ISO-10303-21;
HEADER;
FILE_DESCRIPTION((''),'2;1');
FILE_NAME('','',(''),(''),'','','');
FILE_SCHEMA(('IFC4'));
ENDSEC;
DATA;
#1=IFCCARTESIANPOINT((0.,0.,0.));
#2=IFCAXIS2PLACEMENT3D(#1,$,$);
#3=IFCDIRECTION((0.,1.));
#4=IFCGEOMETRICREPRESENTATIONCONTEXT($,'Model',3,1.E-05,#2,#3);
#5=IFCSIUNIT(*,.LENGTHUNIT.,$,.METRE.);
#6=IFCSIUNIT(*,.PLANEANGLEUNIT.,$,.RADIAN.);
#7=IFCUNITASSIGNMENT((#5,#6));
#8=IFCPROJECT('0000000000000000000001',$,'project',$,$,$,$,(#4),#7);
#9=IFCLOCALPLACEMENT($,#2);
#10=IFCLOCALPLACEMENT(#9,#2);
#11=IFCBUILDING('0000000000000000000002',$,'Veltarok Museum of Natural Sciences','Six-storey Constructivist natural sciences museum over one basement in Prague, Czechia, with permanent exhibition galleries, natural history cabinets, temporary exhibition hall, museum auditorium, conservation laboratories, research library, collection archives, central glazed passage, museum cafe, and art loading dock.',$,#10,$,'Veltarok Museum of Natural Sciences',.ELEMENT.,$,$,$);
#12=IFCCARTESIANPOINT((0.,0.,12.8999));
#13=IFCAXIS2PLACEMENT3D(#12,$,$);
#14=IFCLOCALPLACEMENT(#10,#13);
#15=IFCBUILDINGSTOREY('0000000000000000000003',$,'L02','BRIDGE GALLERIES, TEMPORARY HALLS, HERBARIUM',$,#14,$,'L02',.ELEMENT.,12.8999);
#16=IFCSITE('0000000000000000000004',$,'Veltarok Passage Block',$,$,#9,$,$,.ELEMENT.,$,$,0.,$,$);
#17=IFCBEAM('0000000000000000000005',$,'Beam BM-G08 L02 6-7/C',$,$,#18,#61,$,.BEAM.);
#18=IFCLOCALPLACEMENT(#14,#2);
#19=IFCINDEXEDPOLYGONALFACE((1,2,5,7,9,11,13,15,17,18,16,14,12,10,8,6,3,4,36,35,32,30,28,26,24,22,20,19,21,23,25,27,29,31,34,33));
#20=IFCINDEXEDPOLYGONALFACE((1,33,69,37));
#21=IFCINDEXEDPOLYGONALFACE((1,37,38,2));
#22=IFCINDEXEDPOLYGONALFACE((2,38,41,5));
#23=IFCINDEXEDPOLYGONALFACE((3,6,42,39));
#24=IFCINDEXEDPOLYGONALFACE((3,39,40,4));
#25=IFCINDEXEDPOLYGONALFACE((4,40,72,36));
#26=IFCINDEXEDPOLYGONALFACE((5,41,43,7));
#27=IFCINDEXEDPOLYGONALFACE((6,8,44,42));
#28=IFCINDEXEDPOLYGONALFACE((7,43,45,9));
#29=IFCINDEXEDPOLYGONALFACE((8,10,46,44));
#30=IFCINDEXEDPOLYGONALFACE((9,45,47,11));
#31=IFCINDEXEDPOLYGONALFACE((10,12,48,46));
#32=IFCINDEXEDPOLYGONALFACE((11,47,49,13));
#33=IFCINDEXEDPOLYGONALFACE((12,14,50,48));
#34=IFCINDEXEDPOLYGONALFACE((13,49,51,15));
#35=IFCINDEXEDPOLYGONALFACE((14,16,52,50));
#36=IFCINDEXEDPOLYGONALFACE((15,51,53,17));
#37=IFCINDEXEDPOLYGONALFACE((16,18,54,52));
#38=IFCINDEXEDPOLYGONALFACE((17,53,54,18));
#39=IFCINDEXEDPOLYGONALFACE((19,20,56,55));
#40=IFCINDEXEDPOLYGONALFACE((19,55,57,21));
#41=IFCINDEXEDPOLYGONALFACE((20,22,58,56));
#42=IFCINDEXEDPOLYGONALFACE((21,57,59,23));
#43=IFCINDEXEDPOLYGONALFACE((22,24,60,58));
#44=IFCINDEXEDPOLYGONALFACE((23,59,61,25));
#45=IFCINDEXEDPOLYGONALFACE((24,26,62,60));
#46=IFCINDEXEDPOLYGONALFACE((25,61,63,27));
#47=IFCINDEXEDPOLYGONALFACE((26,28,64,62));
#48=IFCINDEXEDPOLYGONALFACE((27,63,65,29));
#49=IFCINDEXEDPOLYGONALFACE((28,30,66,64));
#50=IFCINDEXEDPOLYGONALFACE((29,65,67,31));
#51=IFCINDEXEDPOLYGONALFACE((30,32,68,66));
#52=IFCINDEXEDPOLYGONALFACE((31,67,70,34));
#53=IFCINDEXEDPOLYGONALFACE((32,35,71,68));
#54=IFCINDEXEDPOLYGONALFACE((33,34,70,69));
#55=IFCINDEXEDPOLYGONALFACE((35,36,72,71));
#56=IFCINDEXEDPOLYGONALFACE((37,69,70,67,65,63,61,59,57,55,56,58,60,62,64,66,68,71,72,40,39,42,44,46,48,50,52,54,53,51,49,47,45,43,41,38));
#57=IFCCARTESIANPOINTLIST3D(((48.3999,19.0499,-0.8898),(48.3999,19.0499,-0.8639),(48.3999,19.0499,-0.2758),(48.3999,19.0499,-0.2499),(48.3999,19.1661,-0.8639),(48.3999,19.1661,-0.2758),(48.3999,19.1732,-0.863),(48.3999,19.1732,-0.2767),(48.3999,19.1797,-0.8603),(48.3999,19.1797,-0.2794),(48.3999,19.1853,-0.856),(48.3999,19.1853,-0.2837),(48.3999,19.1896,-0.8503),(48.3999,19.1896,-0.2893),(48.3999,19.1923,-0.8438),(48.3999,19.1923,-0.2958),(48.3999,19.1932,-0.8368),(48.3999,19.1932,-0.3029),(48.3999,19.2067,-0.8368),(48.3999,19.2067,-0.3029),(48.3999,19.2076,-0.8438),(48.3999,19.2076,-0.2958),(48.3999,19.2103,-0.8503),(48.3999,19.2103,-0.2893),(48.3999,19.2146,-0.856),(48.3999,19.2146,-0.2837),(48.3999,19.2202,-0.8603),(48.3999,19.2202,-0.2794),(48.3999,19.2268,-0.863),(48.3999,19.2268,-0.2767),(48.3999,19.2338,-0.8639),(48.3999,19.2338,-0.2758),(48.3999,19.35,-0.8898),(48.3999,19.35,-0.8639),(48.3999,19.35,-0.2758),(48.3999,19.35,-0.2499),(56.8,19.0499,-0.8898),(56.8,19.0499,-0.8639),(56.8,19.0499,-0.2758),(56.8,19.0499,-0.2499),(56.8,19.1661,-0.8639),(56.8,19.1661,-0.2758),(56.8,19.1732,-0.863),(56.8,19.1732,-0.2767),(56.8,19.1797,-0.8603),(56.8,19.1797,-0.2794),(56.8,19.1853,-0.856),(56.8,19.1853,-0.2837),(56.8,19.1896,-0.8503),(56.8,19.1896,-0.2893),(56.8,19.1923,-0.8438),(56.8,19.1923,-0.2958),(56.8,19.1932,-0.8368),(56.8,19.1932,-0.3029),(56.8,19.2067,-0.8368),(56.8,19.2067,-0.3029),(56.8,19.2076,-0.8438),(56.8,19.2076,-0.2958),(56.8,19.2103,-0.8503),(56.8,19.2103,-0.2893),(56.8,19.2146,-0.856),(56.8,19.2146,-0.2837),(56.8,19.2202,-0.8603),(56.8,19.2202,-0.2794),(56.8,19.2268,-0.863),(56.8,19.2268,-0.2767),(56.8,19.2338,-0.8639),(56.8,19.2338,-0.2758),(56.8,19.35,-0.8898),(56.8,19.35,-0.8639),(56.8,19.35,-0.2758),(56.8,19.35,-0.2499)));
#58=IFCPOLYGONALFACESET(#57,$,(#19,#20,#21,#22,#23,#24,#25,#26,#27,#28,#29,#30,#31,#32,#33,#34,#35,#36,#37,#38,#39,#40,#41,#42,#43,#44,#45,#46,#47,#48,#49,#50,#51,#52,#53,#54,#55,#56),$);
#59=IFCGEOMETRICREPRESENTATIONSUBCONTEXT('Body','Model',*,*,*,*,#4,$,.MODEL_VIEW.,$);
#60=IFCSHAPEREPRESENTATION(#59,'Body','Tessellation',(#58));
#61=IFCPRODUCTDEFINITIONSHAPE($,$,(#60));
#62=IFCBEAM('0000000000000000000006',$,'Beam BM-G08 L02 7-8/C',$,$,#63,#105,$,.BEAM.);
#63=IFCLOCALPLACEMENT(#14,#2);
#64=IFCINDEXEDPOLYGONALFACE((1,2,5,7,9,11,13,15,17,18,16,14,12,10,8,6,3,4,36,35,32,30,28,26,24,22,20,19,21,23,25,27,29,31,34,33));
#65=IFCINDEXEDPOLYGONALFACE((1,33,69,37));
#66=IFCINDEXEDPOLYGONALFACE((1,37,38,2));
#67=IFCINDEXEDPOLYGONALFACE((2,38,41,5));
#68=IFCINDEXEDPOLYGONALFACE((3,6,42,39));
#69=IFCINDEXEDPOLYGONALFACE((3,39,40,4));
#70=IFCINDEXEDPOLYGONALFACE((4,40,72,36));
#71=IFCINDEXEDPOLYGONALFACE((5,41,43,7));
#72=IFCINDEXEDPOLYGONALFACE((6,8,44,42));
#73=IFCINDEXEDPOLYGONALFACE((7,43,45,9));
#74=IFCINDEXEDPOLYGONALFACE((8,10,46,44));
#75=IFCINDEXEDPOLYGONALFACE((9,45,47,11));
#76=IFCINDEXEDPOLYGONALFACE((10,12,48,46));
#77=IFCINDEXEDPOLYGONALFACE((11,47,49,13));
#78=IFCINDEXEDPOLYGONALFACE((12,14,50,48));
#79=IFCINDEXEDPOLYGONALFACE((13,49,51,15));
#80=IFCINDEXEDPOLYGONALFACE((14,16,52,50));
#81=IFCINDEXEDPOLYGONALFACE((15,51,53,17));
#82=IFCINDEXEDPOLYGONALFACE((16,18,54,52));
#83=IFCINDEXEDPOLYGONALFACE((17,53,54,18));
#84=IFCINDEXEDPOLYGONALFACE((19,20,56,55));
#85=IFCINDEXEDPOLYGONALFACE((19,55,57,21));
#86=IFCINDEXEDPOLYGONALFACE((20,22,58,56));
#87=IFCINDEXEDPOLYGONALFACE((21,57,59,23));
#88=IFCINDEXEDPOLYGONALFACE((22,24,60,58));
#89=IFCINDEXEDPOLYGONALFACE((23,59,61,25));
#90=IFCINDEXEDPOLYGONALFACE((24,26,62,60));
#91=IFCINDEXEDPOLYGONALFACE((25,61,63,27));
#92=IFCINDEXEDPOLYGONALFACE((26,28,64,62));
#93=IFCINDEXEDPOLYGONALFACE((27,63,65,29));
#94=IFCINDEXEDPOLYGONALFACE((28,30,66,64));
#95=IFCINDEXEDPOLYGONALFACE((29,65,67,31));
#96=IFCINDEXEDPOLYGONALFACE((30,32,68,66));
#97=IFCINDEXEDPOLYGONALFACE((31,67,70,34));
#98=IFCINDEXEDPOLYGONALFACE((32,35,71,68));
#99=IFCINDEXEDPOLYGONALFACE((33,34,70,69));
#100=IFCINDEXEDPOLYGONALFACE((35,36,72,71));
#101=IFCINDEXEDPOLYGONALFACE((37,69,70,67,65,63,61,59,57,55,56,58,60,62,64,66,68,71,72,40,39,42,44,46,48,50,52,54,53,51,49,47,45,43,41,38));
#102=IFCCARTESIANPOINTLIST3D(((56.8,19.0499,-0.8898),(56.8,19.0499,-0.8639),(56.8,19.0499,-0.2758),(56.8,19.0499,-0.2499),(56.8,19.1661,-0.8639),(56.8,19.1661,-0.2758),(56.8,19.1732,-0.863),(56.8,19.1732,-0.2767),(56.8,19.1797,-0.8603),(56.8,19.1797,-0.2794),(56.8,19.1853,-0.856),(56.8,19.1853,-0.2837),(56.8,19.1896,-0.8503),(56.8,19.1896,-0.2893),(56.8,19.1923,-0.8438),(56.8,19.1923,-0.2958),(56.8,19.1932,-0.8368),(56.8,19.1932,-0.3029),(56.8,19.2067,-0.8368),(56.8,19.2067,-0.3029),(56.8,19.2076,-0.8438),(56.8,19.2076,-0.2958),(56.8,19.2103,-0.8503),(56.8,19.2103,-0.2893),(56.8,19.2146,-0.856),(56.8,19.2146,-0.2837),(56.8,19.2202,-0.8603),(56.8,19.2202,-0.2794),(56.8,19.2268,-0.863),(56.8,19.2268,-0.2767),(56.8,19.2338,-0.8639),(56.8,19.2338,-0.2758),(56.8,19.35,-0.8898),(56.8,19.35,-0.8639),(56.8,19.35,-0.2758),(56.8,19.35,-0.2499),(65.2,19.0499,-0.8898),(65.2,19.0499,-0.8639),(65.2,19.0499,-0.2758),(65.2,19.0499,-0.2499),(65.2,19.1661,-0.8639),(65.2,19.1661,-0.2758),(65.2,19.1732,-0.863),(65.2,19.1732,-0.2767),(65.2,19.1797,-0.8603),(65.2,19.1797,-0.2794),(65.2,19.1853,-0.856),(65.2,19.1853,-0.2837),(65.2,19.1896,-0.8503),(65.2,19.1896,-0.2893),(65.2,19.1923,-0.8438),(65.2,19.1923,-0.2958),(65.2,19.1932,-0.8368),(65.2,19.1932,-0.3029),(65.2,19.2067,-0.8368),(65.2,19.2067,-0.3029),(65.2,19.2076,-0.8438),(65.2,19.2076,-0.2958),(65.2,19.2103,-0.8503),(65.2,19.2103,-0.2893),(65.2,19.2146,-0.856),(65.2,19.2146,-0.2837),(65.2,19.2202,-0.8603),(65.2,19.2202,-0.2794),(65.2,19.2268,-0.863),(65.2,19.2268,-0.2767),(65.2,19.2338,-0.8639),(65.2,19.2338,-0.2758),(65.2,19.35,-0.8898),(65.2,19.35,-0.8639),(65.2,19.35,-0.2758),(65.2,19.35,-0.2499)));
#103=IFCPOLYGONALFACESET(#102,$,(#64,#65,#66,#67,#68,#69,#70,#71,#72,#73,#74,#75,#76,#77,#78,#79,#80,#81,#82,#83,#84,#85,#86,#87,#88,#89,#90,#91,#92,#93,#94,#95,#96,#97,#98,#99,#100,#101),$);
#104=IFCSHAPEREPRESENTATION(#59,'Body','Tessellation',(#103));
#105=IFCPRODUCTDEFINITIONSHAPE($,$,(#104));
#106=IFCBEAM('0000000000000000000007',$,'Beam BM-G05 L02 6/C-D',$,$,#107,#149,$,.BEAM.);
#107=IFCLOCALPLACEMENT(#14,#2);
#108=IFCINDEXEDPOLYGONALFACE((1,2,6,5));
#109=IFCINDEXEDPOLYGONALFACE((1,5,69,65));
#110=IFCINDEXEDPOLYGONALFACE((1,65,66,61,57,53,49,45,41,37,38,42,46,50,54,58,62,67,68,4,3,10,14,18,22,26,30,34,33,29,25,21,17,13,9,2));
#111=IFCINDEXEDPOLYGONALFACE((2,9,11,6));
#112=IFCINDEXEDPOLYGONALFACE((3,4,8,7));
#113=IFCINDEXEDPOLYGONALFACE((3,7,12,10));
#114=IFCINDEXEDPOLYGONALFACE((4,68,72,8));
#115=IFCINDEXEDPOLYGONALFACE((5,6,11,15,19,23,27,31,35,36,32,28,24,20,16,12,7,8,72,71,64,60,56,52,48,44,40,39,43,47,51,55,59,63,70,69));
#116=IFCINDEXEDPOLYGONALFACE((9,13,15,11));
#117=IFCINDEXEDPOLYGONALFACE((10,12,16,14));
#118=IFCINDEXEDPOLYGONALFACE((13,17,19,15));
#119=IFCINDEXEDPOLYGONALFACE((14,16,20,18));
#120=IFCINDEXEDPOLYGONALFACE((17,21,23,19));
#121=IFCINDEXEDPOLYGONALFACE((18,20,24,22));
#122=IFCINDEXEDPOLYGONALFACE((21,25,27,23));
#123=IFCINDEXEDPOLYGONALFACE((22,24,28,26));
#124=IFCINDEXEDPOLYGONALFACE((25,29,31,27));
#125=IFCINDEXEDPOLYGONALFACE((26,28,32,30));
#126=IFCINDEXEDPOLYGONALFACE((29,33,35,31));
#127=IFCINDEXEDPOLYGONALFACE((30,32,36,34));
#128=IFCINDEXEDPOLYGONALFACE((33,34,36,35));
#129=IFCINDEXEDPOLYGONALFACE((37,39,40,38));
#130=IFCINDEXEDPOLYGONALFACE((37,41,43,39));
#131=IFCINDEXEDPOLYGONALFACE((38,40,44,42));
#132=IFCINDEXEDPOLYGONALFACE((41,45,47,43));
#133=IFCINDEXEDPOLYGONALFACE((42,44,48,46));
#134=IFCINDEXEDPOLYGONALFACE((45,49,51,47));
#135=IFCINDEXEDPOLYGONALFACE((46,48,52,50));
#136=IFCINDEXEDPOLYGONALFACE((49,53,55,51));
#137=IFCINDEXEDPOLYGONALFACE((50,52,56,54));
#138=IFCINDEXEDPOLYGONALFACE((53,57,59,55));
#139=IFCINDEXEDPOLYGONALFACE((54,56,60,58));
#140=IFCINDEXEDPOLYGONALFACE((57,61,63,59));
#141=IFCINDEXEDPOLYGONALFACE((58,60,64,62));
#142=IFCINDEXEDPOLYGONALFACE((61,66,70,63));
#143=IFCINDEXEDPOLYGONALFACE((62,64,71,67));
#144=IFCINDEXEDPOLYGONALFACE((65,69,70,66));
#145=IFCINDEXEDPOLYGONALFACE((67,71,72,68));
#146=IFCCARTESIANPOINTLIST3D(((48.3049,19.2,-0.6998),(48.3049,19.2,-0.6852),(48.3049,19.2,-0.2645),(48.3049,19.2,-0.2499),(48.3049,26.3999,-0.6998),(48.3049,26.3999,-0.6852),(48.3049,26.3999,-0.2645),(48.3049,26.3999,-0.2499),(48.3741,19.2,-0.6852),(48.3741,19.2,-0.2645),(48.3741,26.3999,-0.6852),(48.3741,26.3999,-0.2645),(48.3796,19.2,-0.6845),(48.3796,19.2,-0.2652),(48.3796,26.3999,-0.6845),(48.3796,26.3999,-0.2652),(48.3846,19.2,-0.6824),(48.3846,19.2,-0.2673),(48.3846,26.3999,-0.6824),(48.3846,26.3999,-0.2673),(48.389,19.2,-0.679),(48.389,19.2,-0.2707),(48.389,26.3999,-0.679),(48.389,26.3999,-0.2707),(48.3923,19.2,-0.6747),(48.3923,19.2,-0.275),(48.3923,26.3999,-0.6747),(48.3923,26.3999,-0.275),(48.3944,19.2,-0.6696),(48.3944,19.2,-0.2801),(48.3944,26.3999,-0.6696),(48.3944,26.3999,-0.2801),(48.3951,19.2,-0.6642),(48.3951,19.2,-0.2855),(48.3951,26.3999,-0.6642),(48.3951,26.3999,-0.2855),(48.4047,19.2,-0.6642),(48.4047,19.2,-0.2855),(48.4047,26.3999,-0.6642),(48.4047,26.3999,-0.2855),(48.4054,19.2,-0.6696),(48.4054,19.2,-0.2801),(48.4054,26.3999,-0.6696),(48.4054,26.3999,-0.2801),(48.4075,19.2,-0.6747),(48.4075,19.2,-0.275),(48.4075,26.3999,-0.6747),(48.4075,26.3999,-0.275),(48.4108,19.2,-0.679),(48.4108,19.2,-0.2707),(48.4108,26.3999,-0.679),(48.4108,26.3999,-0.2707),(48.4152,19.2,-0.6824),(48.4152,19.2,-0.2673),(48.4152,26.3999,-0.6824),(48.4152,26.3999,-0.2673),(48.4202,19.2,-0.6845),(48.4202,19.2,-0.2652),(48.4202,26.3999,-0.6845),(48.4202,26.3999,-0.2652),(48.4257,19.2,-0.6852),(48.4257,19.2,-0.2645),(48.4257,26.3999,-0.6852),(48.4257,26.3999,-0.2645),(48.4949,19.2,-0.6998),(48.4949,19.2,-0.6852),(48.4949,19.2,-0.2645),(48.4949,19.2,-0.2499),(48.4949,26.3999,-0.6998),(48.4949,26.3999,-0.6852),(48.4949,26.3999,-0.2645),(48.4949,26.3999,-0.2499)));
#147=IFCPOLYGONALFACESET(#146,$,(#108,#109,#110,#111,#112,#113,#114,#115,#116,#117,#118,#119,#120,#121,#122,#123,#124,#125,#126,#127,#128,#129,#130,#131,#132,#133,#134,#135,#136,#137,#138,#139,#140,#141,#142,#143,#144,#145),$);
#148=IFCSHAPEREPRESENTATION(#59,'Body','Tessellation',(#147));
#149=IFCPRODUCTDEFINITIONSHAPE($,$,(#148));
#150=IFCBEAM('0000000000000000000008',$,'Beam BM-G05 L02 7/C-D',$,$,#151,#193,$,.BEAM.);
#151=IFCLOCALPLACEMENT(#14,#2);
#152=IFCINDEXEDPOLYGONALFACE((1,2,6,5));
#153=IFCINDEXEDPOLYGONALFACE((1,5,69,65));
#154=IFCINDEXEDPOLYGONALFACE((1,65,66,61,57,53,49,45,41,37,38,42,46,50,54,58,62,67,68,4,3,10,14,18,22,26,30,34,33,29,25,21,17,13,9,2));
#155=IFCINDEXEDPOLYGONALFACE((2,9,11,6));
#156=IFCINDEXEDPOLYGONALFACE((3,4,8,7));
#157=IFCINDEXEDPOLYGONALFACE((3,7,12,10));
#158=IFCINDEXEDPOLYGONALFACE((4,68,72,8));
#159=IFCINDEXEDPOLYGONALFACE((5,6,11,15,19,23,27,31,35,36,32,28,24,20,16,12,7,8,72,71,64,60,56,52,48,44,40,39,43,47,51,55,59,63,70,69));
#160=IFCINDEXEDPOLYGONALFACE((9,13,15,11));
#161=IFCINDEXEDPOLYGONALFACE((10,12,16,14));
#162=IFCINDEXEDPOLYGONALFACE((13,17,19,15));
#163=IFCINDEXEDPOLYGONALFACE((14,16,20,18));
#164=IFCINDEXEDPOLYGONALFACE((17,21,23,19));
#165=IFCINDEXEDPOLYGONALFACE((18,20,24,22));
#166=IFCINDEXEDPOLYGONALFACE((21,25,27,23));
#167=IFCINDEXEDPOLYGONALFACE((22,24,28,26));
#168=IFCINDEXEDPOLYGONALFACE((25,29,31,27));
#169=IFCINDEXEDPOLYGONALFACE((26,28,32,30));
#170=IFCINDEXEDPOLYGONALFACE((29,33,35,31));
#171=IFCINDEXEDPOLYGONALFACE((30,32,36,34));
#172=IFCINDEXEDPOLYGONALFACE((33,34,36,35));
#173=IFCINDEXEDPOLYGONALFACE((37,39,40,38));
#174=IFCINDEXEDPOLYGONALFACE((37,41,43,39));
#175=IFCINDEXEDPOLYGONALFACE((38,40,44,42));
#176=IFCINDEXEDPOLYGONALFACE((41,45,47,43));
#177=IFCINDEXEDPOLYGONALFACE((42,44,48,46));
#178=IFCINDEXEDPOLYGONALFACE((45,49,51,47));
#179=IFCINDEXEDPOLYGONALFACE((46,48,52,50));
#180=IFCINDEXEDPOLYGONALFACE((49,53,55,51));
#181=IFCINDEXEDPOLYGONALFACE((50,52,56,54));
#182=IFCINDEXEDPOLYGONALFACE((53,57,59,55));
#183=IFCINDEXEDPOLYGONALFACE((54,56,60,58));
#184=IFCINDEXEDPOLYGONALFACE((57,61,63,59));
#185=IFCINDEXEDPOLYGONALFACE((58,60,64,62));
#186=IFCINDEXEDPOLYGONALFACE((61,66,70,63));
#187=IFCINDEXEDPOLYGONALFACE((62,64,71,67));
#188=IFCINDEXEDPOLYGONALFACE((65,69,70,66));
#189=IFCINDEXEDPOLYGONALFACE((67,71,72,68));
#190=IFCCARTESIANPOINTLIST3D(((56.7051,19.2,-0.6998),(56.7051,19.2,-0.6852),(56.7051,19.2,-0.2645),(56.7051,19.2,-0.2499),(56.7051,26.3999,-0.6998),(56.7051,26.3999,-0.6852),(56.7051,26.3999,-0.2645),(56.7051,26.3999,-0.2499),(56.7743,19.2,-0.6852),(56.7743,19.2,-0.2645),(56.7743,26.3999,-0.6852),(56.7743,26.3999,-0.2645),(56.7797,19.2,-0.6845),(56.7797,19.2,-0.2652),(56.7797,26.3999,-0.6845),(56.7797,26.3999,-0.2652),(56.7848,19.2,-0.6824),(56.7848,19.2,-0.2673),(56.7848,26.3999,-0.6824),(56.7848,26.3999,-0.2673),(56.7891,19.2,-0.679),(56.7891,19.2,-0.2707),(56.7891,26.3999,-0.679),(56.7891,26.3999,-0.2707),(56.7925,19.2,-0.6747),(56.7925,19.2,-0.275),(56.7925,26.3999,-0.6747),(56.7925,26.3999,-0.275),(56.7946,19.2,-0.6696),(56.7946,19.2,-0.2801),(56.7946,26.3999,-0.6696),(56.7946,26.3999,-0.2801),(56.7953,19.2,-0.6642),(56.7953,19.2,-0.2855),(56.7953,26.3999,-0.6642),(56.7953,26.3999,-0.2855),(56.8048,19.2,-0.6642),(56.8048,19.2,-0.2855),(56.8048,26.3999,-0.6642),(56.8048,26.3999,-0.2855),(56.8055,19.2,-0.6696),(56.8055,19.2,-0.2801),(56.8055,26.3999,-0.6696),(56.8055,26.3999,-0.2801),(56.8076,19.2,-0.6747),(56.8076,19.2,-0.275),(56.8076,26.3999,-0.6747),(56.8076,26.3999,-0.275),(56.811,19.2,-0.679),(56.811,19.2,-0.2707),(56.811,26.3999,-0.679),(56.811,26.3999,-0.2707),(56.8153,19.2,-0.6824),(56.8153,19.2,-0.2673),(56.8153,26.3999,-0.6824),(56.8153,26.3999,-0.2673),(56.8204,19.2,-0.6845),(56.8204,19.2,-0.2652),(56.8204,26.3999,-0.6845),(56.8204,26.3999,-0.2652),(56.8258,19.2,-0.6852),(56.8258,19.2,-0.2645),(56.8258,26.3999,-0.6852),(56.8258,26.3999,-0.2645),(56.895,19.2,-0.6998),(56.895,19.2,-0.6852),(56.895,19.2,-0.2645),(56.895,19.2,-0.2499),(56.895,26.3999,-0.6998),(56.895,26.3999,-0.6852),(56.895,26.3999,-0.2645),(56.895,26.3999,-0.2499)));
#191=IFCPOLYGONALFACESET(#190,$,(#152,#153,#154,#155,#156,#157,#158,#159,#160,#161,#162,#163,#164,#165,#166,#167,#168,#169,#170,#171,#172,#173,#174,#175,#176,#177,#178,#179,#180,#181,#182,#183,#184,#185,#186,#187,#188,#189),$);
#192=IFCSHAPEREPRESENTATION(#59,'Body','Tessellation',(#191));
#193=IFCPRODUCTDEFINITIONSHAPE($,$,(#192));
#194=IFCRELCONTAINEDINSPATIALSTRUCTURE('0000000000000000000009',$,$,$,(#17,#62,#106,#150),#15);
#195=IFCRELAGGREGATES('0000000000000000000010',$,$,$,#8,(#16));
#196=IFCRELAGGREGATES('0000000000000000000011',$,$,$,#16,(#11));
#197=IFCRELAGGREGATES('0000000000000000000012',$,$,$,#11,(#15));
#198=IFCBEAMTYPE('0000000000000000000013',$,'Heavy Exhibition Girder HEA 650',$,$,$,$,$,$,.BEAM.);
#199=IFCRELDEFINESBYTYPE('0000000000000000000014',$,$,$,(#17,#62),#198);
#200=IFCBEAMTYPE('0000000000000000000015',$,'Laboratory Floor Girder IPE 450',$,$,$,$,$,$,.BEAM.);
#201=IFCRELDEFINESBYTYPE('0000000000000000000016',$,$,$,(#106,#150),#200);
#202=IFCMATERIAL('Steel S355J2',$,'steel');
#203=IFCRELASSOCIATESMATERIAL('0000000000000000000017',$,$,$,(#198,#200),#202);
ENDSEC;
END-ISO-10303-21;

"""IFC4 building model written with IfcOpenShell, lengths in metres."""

from ifc_helpers import new_model, si_unit, direction, frame, origin, origin_2d, place, context, subcontext, project, spatial, i_section, extrude, material, material_profile, profile_set, type_object, element, save


model = new_model("IFC4")

# Units and contexts
model_context = context("Model", 3, precision=1e-05, world=origin(), true_north=direction((0.0, 1.0)))
body_context = subcontext(model_context, "Body", "Model", "MODEL_VIEW")
ifc_project = project(units=[si_unit("LENGTHUNIT", "METRE"), si_unit("PLANEANGLEUNIT", "RADIAN")], contexts=[model_context])

# Site, building, storey
site_placement = place(None, origin())
site = spatial("IfcSite", under=ifc_project, at=site_placement, Name="Veltarok Passage Block", CompositionType="ELEMENT", RefElevation=0.0)
building_placement = place(site_placement, origin())
building = spatial("IfcBuilding", under=site, at=building_placement, Name="Veltarok Museum of Natural Sciences", Description="Six-storey Constructivist natural sciences museum over one basement in Prague, Czechia, with permanent exhibition galleries, natural history cabinets, temporary exhibition hall, museum auditorium, conservation laboratories, research library, collection archives, central glazed passage, museum cafe, and art loading dock.", LongName="Veltarok Museum of Natural Sciences", CompositionType="ELEMENT")
storey_placement = place(building_placement, frame((0.0, 0.0, 12.8999)))
storey = spatial("IfcBuildingStorey", under=building, at=storey_placement, Name="L02", Description="BRIDGE GALLERIES, TEMPORARY HALLS, HERBARIUM", LongName="L02", CompositionType="ELEMENT", Elevation=12.8999)

# Shared definitions
ifc_material_1 = material(Name="Steel S355J2", Category="steel")

# Beams
ifc_material_profile_1 = material_profile(ifc_material_1, i_section(OverallWidth=0.3, OverallDepth=0.6399, WebThickness=0.0134, FlangeThickness=0.0259, FilletRadius=0.0271, at=origin_2d()), Name="HEA 650")
ifc_profile_set_1 = profile_set([ifc_material_profile_1], Name="Steel S355J2")
beam_type_1 = type_object("IfcBeamType", Name="Heavy Exhibition Girder HEA 650", PredefinedType="BEAM", material=ifc_profile_set_1)
beam_1_placement = place(storey_placement, frame((48.3999, 19.2, -0.5698), z_axis=(1.0, 0.0, 0.0), x_axis=(0.0, 1.0, 0.0)))
element("IfcBeam", 1, at=beam_1_placement, inside=storey, type_object=beam_type_1, Name="Beam BM-G08 L02 6-7/C", PredefinedType="BEAM", context=body_context, shape_type="SweptSolid", body=[
    extrude(i_section(OverallWidth=0.3, OverallDepth=0.6399, WebThickness=0.0134, FlangeThickness=0.0259, FilletRadius=0.0271, at=origin_2d()), origin(), (0.0, 0.0, 1.0), 8.4001),
])
beam_2_placement = place(storey_placement, frame((56.8, 19.2, -0.5698), z_axis=(1.0, 0.0, 0.0), x_axis=(0.0, 1.0, 0.0)))
element("IfcBeam", 2, at=beam_2_placement, inside=storey, type_object=beam_type_1, Name="Beam BM-G08 L02 7-8/C", PredefinedType="BEAM", context=body_context, shape_type="SweptSolid", body=[
    extrude(i_section(OverallWidth=0.3, OverallDepth=0.6399, WebThickness=0.0134, FlangeThickness=0.0259, FilletRadius=0.0271, at=origin_2d()), origin(), (0.0, 0.0, 1.0), 8.3999),
])
ifc_material_profile_2 = material_profile(ifc_material_1, i_section(OverallWidth=0.1899, OverallDepth=0.45, WebThickness=0.0095, FlangeThickness=0.0146, FilletRadius=0.021, at=origin_2d()), Name="IPE 450")
ifc_profile_set_2 = profile_set([ifc_material_profile_2], Name="Steel S355J2")
beam_type_2 = type_object("IfcBeamType", Name="Laboratory Floor Girder IPE 450", PredefinedType="BEAM", material=ifc_profile_set_2)
for number, where, z_axis, x_axis, name in (
    (3, (48.3999, 19.2, -0.4749), (0.0, 1.0, 0.0), (-1.0, 0.0, 0.0), "Beam BM-G05 L02 6/C-D"),
    (4, (56.8, 19.2, -0.4749), (0.0, 1.0, 0.0), (-1.0, 0.0, 0.0), "Beam BM-G05 L02 7/C-D"),
):
    element("IfcBeam", number, at=place(storey_placement, frame(where, z_axis=z_axis, x_axis=x_axis)), inside=storey, type_object=beam_type_2, Name=name, PredefinedType="BEAM", context=body_context, shape_type="SweptSolid", body=[
        extrude(i_section(OverallWidth=0.1899, OverallDepth=0.45, WebThickness=0.0095, FlangeThickness=0.0146, FilletRadius=0.021, at=origin_2d()), origin(), (0.0, 0.0, 1.0), 7.2),
    ])

save(model, "model.ifc")
